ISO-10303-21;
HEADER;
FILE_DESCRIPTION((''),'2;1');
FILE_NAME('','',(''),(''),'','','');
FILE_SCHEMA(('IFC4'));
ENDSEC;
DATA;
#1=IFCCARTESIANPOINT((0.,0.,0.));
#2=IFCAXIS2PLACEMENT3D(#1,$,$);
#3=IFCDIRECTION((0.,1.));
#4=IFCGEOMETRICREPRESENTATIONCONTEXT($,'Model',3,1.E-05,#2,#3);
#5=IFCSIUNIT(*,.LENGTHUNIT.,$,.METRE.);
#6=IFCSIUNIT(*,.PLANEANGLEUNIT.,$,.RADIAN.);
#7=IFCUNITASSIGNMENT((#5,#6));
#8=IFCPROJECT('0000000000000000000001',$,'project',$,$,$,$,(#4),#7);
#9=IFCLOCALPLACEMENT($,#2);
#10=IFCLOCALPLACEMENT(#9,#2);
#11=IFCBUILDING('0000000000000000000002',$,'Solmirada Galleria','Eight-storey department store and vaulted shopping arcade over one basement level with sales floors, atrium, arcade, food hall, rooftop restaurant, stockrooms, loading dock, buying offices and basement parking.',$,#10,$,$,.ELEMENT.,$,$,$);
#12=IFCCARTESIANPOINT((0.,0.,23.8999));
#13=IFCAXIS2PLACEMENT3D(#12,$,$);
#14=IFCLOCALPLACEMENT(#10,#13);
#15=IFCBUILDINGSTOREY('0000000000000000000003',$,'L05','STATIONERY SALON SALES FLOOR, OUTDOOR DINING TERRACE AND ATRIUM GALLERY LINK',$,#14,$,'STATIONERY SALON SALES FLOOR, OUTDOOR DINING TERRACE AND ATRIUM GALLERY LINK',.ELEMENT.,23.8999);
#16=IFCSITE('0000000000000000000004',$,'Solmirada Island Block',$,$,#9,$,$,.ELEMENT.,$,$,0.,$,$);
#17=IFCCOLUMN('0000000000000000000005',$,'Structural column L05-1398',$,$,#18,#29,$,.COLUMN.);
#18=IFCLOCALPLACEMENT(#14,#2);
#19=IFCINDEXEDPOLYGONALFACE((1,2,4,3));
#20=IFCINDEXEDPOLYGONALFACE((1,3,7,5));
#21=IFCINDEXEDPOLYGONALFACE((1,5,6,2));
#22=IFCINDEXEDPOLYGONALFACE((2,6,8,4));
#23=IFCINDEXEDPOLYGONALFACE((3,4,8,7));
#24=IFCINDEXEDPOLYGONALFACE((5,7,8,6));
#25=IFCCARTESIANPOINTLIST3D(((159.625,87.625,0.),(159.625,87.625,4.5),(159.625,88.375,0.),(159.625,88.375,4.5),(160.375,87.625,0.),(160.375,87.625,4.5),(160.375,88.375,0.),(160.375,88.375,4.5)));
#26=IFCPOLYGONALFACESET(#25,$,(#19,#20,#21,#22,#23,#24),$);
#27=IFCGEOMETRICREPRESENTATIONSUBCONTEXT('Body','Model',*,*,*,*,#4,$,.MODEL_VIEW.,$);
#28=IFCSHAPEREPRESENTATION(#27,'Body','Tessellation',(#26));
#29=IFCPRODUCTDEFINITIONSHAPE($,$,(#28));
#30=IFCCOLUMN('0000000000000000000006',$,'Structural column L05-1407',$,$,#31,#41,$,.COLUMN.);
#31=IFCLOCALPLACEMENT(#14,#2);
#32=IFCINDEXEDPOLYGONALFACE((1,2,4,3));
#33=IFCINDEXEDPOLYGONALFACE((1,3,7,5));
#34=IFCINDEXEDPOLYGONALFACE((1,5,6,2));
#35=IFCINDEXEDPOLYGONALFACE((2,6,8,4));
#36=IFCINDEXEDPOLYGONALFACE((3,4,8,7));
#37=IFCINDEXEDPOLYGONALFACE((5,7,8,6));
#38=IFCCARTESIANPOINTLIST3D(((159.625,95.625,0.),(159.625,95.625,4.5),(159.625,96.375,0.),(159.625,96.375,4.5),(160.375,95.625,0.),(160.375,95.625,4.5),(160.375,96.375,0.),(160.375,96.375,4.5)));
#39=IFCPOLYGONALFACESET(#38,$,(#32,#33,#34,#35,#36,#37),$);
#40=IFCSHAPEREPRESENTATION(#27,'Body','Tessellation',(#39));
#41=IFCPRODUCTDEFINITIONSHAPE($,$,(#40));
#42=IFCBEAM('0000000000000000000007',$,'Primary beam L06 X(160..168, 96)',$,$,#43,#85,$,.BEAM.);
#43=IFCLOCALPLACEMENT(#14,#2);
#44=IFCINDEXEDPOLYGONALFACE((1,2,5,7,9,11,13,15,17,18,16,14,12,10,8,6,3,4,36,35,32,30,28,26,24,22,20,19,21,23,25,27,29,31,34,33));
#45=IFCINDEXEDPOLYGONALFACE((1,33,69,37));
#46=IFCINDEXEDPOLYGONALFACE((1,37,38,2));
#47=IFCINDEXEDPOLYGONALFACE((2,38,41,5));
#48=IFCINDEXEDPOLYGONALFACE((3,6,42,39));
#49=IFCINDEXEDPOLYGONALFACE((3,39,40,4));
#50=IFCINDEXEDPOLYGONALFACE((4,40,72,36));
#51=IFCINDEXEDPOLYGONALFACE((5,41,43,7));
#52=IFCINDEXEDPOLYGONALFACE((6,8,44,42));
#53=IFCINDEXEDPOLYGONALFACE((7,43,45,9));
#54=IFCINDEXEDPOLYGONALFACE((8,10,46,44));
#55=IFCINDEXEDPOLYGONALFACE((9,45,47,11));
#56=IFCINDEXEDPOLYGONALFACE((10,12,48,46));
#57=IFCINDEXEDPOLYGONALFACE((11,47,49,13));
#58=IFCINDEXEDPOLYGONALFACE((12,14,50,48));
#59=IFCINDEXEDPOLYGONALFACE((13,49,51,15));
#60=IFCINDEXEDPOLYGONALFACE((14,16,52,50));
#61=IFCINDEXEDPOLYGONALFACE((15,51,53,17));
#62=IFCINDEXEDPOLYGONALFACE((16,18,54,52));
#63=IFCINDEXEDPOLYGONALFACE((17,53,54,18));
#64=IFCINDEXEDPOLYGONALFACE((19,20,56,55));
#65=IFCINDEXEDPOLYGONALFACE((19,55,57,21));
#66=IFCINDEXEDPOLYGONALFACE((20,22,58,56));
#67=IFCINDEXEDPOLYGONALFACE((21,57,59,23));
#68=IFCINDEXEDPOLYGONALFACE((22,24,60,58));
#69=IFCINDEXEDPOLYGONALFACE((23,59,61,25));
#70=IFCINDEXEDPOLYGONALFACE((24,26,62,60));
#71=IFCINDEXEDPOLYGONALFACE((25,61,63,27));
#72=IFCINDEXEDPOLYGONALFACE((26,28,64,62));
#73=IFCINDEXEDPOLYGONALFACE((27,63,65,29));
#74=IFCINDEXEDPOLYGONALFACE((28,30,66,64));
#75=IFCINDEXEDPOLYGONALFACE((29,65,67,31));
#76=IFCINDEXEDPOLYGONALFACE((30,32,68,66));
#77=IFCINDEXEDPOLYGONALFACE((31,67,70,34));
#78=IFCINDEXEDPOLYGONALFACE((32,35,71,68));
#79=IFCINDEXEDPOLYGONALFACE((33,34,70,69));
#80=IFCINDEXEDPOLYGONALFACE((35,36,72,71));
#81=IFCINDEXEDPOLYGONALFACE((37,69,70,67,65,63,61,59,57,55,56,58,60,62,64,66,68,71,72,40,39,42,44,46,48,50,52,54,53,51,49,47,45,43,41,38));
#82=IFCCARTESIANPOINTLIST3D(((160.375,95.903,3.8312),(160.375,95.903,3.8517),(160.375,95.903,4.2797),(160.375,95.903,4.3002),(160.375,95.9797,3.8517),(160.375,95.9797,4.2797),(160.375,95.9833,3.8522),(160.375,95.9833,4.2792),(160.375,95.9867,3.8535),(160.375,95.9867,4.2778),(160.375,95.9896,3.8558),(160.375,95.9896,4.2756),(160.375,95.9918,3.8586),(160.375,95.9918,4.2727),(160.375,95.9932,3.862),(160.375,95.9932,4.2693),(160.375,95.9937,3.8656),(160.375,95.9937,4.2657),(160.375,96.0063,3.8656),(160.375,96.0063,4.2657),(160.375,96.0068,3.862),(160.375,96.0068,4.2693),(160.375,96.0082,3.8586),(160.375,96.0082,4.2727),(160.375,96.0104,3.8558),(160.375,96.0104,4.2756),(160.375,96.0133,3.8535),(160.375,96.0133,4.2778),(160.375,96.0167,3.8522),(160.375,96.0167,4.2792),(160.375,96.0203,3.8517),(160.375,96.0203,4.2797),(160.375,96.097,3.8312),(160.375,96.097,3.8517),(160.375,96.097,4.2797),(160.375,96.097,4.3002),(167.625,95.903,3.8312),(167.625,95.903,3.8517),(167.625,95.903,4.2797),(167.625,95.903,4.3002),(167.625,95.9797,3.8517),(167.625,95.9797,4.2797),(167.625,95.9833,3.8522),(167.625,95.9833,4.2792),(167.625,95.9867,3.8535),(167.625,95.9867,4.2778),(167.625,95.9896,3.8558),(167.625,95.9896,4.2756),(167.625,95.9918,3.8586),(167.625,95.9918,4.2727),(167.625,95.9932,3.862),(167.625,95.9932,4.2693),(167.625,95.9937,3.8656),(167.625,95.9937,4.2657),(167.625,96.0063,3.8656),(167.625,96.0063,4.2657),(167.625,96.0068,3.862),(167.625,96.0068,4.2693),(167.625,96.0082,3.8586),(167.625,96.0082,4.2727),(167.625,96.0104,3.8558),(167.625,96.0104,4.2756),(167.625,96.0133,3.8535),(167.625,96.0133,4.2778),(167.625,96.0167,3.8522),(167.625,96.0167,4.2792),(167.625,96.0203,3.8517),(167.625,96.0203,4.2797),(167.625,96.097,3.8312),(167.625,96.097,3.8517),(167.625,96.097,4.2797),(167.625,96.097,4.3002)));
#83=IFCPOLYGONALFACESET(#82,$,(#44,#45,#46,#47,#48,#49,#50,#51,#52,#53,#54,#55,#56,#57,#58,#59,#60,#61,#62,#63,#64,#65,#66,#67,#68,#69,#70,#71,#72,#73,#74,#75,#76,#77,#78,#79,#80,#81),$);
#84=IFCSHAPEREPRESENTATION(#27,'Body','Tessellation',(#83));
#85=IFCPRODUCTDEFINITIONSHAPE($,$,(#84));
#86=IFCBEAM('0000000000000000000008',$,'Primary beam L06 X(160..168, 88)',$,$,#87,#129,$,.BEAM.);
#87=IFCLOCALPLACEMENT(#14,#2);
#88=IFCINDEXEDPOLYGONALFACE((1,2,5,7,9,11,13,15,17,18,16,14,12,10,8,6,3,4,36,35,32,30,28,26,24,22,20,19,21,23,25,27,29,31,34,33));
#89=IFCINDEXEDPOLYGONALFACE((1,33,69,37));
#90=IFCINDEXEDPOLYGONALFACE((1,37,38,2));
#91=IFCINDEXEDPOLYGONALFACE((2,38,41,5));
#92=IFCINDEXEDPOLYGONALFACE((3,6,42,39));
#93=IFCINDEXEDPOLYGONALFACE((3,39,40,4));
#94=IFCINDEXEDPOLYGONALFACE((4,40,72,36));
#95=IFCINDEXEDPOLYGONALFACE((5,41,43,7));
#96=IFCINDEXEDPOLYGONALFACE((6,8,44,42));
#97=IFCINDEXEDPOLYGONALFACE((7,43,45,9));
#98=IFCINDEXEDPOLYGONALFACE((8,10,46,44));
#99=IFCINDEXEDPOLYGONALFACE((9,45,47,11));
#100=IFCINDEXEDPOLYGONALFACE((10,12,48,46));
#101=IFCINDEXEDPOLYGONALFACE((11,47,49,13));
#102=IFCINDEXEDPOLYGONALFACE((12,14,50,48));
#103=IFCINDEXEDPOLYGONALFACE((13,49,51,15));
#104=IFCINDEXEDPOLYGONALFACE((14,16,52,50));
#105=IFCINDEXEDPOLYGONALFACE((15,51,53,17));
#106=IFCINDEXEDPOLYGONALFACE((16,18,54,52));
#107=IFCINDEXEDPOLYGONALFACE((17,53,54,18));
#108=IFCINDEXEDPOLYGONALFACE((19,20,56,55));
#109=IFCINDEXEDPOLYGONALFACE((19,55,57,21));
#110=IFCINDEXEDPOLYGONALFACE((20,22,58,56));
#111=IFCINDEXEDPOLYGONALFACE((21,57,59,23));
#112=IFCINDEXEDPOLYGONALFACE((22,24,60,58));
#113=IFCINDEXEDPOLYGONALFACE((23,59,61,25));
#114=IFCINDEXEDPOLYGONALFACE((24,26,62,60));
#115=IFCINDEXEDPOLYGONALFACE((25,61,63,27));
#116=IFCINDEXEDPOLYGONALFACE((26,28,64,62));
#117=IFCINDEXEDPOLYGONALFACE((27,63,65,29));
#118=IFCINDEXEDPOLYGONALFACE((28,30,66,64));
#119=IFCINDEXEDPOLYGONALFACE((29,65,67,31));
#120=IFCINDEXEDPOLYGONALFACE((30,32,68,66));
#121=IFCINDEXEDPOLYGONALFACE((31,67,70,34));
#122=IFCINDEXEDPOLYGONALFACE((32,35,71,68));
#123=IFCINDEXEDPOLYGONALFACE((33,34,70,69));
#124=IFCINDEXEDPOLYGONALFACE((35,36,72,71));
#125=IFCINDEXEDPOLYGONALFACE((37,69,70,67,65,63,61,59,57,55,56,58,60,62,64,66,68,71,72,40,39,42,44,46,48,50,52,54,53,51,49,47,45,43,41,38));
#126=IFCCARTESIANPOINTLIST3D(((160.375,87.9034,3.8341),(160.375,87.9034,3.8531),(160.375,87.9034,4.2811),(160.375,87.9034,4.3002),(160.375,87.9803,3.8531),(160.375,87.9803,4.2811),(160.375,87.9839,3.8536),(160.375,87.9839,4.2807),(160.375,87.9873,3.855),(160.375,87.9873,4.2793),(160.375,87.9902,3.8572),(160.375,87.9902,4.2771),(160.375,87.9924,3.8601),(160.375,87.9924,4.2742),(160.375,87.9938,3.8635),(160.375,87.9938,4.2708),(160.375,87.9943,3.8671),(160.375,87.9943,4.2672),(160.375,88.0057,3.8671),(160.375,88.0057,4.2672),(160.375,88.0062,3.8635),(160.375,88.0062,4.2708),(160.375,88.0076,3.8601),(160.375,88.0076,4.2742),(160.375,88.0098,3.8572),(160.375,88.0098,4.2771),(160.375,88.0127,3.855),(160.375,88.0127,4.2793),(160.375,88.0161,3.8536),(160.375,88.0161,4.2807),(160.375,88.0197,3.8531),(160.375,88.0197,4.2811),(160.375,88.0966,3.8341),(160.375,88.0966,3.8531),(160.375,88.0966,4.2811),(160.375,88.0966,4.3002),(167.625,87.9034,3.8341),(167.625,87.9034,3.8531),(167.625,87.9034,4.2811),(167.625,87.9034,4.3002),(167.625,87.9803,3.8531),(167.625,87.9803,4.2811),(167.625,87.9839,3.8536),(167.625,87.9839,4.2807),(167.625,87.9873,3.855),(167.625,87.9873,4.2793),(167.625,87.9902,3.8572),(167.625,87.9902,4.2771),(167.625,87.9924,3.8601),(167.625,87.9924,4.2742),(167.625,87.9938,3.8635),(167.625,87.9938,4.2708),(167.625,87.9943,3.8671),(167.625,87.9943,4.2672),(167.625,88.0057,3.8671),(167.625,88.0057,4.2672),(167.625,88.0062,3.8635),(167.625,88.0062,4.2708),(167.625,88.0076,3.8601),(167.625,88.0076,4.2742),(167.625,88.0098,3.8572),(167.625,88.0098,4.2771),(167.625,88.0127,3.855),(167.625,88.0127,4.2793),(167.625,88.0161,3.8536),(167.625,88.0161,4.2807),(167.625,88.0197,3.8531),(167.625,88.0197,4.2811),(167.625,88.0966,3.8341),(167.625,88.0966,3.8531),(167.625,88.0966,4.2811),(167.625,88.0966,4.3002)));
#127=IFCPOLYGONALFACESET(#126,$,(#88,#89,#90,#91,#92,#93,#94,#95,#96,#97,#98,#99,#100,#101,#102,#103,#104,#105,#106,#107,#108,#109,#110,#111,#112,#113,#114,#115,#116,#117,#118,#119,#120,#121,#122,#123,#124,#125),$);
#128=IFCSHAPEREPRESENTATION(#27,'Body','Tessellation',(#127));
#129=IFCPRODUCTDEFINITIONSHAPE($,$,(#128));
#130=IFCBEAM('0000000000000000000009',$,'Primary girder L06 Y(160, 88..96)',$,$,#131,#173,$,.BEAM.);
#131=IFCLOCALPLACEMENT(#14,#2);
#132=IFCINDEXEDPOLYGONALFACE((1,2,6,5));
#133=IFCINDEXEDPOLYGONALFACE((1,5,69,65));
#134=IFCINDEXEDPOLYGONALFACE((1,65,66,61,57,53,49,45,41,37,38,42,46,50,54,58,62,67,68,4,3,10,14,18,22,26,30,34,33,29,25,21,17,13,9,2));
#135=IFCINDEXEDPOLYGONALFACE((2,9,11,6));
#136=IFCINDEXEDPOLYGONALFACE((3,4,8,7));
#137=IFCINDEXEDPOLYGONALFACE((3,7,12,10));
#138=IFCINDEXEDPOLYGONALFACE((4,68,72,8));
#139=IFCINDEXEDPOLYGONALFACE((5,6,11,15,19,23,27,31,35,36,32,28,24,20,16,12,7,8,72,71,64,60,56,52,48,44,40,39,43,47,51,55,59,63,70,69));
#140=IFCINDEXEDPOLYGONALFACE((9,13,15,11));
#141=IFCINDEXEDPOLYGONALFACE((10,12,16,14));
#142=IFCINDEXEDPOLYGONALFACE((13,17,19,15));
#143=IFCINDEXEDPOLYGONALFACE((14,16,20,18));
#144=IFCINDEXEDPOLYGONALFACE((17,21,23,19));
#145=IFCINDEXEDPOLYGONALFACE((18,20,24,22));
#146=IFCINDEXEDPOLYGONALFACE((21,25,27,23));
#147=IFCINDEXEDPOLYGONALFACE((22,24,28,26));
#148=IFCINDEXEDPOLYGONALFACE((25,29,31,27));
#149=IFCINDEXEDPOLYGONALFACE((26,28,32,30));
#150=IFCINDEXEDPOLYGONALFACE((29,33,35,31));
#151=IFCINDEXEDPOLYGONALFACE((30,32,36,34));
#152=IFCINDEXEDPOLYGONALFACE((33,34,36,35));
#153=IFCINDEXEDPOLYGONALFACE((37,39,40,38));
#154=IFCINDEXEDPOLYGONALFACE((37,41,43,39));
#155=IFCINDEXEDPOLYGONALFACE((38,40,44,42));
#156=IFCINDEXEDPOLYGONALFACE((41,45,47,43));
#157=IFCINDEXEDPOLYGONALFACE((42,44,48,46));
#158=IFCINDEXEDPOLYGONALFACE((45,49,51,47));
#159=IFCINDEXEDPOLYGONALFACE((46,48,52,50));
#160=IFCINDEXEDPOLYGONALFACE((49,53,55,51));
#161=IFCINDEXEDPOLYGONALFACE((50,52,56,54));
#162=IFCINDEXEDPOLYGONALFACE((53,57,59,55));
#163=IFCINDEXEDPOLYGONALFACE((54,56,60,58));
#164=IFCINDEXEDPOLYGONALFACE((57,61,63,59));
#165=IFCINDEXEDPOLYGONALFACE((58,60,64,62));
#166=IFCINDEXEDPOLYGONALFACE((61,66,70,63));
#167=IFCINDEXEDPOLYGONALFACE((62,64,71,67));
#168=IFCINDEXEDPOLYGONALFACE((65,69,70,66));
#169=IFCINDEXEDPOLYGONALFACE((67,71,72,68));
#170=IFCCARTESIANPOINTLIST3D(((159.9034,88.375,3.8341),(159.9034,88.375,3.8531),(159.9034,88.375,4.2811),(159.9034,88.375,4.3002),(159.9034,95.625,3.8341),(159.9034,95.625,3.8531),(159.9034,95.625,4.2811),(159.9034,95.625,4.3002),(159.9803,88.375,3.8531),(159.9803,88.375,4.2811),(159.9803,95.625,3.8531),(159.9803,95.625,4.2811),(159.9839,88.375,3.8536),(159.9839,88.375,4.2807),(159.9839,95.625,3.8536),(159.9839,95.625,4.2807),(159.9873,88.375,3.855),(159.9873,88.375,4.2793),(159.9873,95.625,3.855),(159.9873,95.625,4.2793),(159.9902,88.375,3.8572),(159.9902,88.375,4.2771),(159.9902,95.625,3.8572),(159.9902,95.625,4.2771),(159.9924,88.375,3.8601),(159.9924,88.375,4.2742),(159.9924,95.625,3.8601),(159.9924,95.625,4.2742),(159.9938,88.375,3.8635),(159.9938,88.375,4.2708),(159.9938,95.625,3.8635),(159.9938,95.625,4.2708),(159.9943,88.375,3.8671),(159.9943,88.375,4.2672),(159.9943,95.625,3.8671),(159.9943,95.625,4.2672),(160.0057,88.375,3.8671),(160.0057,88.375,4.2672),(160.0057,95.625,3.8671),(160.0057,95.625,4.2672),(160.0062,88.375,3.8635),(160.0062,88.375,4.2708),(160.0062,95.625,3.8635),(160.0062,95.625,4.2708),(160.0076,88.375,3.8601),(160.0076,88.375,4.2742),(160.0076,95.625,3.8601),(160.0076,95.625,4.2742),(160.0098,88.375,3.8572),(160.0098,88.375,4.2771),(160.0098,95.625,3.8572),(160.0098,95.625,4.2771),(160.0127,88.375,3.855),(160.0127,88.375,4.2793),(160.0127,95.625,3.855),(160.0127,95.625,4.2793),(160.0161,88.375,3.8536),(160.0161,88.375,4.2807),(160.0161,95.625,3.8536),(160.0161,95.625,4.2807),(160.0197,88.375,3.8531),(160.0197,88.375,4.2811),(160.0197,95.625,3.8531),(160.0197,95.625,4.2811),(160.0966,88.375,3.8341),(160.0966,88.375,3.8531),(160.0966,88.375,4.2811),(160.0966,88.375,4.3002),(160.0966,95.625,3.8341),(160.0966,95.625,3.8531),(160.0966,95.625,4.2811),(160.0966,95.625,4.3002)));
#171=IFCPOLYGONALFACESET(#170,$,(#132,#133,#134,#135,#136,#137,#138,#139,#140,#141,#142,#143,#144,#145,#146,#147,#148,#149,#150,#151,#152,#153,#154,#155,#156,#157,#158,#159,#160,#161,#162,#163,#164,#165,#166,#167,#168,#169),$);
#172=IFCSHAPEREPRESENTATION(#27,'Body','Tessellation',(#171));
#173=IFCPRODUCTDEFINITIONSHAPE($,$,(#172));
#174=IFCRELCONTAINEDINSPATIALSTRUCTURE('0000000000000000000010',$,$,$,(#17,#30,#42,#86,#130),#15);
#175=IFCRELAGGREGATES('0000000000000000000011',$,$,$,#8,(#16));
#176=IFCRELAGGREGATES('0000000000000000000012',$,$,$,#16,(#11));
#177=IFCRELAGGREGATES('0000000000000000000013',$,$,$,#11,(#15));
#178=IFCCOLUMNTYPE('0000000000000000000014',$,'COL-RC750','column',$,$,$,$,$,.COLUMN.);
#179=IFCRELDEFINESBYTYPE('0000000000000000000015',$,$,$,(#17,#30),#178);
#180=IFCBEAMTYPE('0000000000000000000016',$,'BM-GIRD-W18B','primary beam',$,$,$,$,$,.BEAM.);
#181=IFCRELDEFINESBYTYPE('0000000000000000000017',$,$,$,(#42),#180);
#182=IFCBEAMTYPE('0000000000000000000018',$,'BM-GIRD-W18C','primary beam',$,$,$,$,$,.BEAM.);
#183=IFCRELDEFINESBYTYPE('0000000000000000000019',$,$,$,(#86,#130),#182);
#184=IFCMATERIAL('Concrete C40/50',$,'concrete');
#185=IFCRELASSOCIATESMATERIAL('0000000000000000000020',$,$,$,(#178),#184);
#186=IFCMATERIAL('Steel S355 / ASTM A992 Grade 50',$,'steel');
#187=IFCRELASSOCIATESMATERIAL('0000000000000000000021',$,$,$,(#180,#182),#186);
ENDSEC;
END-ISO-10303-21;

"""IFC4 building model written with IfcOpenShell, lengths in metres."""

from ifc_helpers import new_model, si_unit, direction, frame, origin, origin_2d, place, context, subcontext, project, spatial, rectangle, i_section, extrude, material, material_profile, profile_set, type_object, element, save


model = new_model("IFC4")

# Units and contexts
model_context = context("Model", 3, precision=1e-05, world=origin(), true_north=direction((0.0, 1.0)))
body_context = subcontext(model_context, "Body", "Model", "MODEL_VIEW")
ifc_project = project(units=[si_unit("LENGTHUNIT", "METRE"), si_unit("PLANEANGLEUNIT", "RADIAN")], contexts=[model_context])

# Site, building, storey
site_placement = place(None, origin())
site = spatial("IfcSite", under=ifc_project, at=site_placement, Name="Solmirada Island Block", CompositionType="ELEMENT", RefElevation=0.0)
building_placement = place(site_placement, origin())
building = spatial("IfcBuilding", under=site, at=building_placement, Name="Solmirada Galleria", Description="Eight-storey department store and vaulted shopping arcade over one basement level with sales floors, atrium, arcade, food hall, rooftop restaurant, stockrooms, loading dock, buying offices and basement parking.", CompositionType="ELEMENT")
storey_placement = place(building_placement, frame((0.0, 0.0, 23.8999)))
storey = spatial("IfcBuildingStorey", under=building, at=storey_placement, Name="L05", Description="STATIONERY SALON SALES FLOOR, OUTDOOR DINING TERRACE AND ATRIUM GALLERY LINK", LongName="STATIONERY SALON SALES FLOOR, OUTDOOR DINING TERRACE AND ATRIUM GALLERY LINK", CompositionType="ELEMENT", Elevation=23.8999)

# Columns
ifc_material_1 = material(Name="Concrete C40/50", Category="concrete")
ifc_material_profile_1 = material_profile(ifc_material_1, rectangle(XDim=0.75, YDim=0.75, at=origin_2d()), Name="RC750X750")
ifc_profile_set_1 = profile_set([ifc_material_profile_1], Name="Concrete C40/50")
column_type = type_object("IfcColumnType", Name="COL-RC750", Description="column", PredefinedType="COLUMN", material=ifc_profile_set_1)
for number, where, z_axis, x_axis, name in (
    (1, (160.0, 88.0, 0.0), (0.0, 0.0, 1.0), (1.0, 0.0, 0.0), "Structural column L05-1398"),
    (2, (160.0, 96.0, 0.0), (0.0, 0.0, 1.0), (1.0, 0.0, 0.0), "Structural column L05-1407"),
):
    element("IfcColumn", number, at=place(storey_placement, frame(where, z_axis=z_axis, x_axis=x_axis)), inside=storey, type_object=column_type, Name=name, PredefinedType="COLUMN", context=body_context, shape_type="SweptSolid", body=[
        extrude(rectangle(XDim=0.75, YDim=0.75, at=origin_2d()), origin(), (0.0, 0.0, 1.0), 4.5),
    ])

# Beams
ifc_material_2 = material(Name="Steel S355 / ASTM A992 Grade 50", Category="steel")
ifc_material_profile_2 = material_profile(ifc_material_2, i_section(OverallWidth=0.1941, OverallDepth=0.469, WebThickness=0.0127, FlangeThickness=0.0205, FilletRadius=0.0139, at=origin_2d()), Name="W18X71")
ifc_profile_set_2 = profile_set([ifc_material_profile_2], Name="Steel S355 / ASTM A992 Grade 50")
beam_type_1 = type_object("IfcBeamType", Name="BM-GIRD-W18B", Description="primary beam", PredefinedType="BEAM", material=ifc_profile_set_2)
beam_1_placement = place(storey_placement, frame((160.375, 96.0, 4.0657), z_axis=(1.0, 0.0, 0.0), x_axis=(0.0, 1.0, 0.0)))
element("IfcBeam", 3, at=beam_1_placement, inside=storey, type_object=beam_type_1, Name="Primary beam L06 X(160..168, 96)", PredefinedType="BEAM", context=body_context, shape_type="SweptSolid", body=[
    extrude(i_section(OverallWidth=0.1941, OverallDepth=0.469, WebThickness=0.0127, FlangeThickness=0.0205, FilletRadius=0.0139, at=origin_2d()), origin(), (0.0, 0.0, 1.0), 7.25),
])
ifc_material_profile_3 = material_profile(ifc_material_2, i_section(OverallWidth=0.1931, OverallDepth=0.4661, WebThickness=0.0115, FlangeThickness=0.019, FilletRadius=0.0139, at=origin_2d()), Name="W18X65")
ifc_profile_set_3 = profile_set([ifc_material_profile_3], Name="Steel S355 / ASTM A992 Grade 50")
beam_type_2 = type_object("IfcBeamType", Name="BM-GIRD-W18C", Description="primary beam", PredefinedType="BEAM", material=ifc_profile_set_3)
for number, where, z_axis, x_axis, name in (
    (4, (160.375, 88.0, 4.0671), (1.0, 0.0, 0.0), (0.0, 1.0, 0.0), "Primary beam L06 X(160..168, 88)"),
    (5, (160.0, 88.375, 4.0671), (0.0, 1.0, 0.0), (-1.0, 0.0, 0.0), "Primary girder L06 Y(160, 88..96)"),
):
    element("IfcBeam", number, at=place(storey_placement, frame(where, z_axis=z_axis, x_axis=x_axis)), inside=storey, type_object=beam_type_2, Name=name, PredefinedType="BEAM", context=body_context, shape_type="SweptSolid", body=[
        extrude(i_section(OverallWidth=0.1931, OverallDepth=0.4661, WebThickness=0.0115, FlangeThickness=0.019, FilletRadius=0.0139, at=origin_2d()), origin(), (0.0, 0.0, 1.0), 7.25),
    ])

save(model, "model.ifc")
